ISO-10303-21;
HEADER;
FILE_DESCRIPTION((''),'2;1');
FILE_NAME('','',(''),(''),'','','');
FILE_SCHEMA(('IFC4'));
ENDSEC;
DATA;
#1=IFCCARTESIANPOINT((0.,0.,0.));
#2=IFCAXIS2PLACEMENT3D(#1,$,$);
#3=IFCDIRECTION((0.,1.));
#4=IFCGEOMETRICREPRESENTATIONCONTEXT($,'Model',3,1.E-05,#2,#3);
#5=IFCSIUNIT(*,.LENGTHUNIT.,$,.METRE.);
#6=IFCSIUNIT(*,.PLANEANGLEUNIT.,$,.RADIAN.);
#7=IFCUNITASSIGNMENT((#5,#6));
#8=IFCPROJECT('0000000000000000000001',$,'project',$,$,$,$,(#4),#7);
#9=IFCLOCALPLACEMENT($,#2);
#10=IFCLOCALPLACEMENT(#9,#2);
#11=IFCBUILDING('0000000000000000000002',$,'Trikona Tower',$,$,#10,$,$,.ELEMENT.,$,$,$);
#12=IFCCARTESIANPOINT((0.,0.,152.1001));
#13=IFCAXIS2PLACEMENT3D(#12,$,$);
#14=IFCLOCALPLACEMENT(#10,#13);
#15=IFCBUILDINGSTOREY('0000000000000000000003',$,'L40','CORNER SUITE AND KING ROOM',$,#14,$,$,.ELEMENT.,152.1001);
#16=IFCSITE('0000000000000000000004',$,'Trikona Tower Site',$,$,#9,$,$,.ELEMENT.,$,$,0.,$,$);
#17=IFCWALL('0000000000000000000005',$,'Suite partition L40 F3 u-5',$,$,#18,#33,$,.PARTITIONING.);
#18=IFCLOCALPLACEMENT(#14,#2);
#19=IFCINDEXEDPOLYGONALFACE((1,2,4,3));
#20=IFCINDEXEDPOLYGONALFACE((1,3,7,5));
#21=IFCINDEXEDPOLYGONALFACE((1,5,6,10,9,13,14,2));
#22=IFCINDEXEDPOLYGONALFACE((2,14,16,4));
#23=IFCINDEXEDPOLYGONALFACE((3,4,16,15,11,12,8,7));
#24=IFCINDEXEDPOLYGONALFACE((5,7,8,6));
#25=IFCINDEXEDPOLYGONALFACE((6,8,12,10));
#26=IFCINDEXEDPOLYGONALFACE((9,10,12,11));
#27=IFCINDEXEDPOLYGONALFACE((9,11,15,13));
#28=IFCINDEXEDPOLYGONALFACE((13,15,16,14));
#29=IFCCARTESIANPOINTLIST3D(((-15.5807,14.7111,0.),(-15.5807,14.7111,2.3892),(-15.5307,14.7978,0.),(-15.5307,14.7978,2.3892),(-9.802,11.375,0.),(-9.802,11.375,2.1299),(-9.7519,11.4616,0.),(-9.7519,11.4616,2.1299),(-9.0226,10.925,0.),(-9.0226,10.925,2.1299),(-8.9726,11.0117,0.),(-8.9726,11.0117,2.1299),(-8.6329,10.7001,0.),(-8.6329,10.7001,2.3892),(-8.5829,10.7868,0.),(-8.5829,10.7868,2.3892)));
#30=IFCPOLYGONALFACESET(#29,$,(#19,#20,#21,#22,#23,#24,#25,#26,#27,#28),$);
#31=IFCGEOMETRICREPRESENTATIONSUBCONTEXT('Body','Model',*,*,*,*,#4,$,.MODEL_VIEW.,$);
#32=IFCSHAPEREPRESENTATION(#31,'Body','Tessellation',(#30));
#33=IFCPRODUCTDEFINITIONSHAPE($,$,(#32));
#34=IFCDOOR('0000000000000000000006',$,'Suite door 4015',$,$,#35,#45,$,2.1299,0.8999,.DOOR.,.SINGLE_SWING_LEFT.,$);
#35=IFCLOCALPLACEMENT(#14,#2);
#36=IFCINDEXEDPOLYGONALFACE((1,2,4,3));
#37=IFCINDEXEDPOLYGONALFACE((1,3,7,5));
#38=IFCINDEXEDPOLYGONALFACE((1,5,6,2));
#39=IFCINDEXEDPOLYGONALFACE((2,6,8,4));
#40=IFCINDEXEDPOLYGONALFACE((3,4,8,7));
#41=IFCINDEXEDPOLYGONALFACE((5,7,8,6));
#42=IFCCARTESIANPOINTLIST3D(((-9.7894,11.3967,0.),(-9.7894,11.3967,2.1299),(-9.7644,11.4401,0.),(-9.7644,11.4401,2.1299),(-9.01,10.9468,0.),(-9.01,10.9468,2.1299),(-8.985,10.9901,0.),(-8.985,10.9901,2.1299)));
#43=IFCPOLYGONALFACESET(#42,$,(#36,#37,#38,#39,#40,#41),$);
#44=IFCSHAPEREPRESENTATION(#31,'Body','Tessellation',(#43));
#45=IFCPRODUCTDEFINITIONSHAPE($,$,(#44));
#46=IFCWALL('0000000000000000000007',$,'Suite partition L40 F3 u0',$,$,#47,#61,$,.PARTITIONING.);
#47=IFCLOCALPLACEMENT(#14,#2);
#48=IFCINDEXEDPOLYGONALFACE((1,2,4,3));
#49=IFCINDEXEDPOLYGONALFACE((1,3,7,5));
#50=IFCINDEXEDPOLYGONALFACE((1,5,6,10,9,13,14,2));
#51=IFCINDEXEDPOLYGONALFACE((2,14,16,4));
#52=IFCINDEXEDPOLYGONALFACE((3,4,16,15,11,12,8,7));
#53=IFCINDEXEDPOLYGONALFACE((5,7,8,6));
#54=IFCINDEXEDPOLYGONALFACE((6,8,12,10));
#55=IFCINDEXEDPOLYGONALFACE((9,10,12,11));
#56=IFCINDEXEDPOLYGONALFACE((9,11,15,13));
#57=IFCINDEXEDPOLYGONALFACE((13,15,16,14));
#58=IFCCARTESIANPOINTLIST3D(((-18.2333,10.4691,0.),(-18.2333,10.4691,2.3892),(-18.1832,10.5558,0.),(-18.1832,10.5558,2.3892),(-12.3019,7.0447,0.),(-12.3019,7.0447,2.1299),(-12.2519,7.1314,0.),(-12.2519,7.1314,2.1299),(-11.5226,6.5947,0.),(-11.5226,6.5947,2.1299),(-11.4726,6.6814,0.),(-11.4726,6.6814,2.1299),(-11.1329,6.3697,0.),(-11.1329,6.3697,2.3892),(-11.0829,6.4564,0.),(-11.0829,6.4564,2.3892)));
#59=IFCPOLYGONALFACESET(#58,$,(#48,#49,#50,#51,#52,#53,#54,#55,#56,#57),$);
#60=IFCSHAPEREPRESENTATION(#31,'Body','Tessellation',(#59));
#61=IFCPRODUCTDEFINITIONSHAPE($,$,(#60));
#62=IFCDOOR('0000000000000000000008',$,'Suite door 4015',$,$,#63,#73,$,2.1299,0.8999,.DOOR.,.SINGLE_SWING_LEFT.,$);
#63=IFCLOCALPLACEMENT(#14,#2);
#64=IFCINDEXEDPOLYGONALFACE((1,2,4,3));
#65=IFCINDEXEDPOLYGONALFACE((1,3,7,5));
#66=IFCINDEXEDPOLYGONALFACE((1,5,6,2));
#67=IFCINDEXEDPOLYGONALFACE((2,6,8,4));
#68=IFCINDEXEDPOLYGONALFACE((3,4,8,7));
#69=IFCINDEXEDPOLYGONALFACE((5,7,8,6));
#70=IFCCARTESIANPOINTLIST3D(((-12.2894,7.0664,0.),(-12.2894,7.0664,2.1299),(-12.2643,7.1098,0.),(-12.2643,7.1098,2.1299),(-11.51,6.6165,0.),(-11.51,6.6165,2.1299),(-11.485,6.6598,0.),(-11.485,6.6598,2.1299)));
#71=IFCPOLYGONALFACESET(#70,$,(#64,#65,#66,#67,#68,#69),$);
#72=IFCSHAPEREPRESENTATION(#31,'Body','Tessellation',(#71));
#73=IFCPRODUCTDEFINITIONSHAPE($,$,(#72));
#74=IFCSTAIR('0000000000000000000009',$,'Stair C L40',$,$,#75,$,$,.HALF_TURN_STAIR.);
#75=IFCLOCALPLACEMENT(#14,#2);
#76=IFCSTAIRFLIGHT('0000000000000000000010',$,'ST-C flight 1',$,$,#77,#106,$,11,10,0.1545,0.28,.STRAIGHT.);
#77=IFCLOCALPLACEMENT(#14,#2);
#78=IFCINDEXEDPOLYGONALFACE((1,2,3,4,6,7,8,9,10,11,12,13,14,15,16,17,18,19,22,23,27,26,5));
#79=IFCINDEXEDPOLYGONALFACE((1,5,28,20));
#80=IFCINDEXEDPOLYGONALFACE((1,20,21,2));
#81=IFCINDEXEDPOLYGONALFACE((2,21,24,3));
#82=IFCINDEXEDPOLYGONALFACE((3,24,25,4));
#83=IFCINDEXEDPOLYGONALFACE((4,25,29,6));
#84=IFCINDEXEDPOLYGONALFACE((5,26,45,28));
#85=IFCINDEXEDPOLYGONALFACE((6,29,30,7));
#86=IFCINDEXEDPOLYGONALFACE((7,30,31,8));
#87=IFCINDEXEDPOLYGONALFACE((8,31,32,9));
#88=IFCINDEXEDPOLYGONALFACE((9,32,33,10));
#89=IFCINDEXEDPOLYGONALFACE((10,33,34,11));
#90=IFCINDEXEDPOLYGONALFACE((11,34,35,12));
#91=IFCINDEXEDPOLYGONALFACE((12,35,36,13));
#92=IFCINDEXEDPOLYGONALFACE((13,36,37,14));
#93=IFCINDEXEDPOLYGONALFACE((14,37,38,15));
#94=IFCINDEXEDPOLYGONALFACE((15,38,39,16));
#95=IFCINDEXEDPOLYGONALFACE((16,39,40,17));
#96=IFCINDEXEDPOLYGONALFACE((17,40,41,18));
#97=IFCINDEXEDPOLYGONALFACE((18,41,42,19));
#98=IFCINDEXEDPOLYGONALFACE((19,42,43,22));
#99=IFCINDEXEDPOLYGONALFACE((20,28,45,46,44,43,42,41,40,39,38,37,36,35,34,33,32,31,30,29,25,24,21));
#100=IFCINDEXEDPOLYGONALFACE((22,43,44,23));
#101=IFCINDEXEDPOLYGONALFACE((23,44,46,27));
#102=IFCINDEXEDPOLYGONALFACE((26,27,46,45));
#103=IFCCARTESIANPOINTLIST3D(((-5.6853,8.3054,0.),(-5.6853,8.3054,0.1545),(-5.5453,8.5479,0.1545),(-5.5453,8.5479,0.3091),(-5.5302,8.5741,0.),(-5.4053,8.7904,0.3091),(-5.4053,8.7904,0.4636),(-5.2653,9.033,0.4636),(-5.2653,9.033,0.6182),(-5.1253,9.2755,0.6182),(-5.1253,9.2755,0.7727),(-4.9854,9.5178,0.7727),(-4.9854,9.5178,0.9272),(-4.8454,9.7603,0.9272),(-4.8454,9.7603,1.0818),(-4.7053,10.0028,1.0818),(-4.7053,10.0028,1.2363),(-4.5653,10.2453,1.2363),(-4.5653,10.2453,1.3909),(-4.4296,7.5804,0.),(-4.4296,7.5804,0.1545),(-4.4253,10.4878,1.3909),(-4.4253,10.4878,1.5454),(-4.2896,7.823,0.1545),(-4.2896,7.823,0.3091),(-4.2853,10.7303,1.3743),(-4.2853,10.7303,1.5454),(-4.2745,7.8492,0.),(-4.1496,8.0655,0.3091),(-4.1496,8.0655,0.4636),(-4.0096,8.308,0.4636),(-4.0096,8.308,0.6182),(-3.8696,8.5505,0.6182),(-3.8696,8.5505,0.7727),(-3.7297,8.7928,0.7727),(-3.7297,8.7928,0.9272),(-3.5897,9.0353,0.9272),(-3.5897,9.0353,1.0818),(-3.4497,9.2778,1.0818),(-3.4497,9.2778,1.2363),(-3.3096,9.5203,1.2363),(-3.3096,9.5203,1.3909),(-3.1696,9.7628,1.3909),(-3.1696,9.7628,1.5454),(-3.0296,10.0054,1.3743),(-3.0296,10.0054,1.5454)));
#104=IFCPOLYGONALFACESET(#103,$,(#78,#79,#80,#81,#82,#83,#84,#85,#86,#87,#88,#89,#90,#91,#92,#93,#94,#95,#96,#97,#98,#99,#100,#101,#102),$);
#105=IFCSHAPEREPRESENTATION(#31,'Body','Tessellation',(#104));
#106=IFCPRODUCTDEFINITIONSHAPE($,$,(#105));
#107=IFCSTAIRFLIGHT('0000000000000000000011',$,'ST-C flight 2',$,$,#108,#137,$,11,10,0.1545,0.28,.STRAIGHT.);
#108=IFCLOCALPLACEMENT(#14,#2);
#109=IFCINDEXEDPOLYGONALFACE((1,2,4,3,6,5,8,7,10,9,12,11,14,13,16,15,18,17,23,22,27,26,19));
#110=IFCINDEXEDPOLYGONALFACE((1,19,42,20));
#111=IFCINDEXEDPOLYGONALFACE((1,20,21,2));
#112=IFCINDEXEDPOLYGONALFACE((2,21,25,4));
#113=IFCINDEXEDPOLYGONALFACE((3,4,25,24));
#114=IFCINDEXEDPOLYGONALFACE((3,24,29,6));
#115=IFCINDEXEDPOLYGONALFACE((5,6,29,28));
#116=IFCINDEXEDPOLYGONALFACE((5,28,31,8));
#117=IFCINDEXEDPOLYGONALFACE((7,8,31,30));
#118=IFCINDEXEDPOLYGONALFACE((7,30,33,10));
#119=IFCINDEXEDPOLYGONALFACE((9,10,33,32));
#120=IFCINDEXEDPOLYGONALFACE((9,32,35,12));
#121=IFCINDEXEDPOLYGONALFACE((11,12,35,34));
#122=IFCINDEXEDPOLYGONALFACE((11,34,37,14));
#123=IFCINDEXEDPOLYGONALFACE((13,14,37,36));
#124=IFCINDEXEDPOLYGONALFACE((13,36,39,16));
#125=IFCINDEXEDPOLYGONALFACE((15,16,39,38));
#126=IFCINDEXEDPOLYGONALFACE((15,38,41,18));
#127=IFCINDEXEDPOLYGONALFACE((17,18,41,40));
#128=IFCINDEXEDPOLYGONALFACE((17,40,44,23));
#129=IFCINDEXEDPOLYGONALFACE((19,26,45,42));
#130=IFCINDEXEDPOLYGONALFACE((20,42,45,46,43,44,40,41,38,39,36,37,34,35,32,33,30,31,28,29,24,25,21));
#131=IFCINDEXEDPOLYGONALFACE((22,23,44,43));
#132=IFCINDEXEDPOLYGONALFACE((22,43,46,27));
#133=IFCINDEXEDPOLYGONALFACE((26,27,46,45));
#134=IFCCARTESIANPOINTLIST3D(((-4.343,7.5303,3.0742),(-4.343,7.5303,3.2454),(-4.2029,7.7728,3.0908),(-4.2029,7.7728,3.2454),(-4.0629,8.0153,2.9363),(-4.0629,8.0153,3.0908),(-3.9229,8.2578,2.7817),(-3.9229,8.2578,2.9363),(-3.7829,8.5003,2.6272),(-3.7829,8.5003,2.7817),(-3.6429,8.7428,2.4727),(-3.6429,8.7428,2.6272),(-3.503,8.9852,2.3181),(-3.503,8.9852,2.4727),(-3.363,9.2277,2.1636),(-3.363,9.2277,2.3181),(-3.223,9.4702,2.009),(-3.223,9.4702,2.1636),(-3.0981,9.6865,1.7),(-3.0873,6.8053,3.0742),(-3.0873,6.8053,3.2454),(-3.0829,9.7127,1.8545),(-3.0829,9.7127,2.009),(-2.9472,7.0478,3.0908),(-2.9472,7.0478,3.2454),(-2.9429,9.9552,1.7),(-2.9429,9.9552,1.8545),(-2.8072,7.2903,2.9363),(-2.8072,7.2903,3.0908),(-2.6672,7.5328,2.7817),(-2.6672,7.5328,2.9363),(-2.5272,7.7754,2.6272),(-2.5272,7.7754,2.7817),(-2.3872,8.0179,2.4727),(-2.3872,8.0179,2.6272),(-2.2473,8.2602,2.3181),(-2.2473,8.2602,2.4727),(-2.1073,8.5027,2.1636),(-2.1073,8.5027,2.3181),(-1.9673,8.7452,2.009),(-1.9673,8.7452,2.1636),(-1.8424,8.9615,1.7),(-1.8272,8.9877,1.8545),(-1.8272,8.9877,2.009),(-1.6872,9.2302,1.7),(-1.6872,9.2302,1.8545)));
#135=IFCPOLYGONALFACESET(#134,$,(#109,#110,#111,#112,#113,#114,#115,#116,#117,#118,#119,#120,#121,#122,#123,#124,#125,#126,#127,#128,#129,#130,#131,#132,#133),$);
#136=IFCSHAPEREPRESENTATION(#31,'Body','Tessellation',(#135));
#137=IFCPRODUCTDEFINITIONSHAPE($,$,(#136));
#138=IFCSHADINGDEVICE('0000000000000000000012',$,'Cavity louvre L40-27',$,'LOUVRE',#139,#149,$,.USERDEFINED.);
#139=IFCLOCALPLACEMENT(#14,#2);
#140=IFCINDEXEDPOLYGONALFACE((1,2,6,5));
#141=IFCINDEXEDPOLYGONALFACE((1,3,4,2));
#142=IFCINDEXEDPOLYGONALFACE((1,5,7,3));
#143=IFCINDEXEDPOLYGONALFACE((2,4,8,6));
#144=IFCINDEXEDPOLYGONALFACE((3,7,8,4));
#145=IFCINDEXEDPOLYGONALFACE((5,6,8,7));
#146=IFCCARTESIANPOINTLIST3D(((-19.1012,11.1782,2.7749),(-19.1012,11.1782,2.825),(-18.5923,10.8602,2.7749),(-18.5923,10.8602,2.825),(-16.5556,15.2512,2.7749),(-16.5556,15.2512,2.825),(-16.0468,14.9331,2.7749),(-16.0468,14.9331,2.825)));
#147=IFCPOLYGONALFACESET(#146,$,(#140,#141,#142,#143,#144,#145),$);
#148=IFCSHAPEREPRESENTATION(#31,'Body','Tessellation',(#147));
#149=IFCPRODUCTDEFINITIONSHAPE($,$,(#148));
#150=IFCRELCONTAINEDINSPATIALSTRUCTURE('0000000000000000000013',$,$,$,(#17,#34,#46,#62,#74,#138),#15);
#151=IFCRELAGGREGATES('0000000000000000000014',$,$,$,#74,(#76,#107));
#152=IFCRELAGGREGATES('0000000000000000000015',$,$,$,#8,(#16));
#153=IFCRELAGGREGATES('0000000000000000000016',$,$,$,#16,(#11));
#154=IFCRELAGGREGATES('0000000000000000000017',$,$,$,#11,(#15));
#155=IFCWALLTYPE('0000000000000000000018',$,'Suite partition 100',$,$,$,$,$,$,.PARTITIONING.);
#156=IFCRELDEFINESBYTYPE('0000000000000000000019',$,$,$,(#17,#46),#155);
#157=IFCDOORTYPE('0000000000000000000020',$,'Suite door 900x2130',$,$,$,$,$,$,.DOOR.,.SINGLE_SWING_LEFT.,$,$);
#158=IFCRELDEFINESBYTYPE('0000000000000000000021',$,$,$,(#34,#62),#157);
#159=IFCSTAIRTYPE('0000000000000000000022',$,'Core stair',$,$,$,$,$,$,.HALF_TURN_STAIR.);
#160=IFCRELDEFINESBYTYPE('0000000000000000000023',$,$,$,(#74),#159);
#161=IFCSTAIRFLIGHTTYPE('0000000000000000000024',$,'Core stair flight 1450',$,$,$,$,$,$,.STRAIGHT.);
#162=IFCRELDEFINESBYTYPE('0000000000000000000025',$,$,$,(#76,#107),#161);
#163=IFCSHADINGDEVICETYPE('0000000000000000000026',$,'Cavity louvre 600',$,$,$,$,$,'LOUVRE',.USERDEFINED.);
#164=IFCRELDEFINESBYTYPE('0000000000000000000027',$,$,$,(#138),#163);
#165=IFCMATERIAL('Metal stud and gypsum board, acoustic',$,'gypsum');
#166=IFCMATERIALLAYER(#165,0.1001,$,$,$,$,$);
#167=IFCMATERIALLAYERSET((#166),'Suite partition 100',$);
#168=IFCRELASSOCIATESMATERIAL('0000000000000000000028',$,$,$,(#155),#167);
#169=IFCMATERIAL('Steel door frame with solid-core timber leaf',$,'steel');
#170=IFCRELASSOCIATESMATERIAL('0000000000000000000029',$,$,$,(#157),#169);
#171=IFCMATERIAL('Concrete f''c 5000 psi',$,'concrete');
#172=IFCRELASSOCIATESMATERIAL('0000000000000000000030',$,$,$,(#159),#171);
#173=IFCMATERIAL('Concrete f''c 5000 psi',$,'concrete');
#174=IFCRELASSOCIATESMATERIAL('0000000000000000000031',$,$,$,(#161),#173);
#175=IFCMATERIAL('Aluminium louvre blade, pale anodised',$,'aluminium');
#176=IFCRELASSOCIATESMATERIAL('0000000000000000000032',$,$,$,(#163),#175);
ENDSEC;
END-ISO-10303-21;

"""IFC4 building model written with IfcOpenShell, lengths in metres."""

from ifc_helpers import new_model, si_unit, direction, frame, frame_2d, origin, origin_2d, place, context, subcontext, project, spatial, polyline, rectangle, outline, extrude, material, layer, layer_set, type_object, element, fill, aggregate, save


model = new_model("IFC4")

# Units and contexts
model_context = context("Model", 3, precision=1e-05, world=origin(), true_north=direction((0.0, 1.0)))
body_context = subcontext(model_context, "Body", "Model", "MODEL_VIEW")
ifc_project = project(units=[si_unit("LENGTHUNIT", "METRE"), si_unit("PLANEANGLEUNIT", "RADIAN")], contexts=[model_context])

# Site, building, storey
site_placement = place(None, origin())
site = spatial("IfcSite", under=ifc_project, at=site_placement, Name="Trikona Tower Site", CompositionType="ELEMENT", RefElevation=0.0)
building_placement = place(site_placement, origin())
building = spatial("IfcBuilding", under=site, at=building_placement, Name="Trikona Tower", CompositionType="ELEMENT")
storey_placement = place(building_placement, frame((0.0, 0.0, 152.1001)))
storey = spatial("IfcBuildingStorey", under=building, at=storey_placement, Name="L40", Description="CORNER SUITE AND KING ROOM", CompositionType="ELEMENT", Elevation=152.1001)

# Walls, openings, doors
ifc_material_1 = material(Name="Metal stud and gypsum board, acoustic", Category="gypsum")
ifc_layer_1 = layer(ifc_material_1, 0.1001)
ifc_layer_set_1 = layer_set([ifc_layer_1], Name="Suite partition 100")
wall_type_1 = type_object("IfcWallType", Name="Suite partition 100", PredefinedType="PARTITIONING", material=ifc_layer_set_1)
wall_1_placement = place(storey_placement, frame((-8.6079, 10.7434, 0.0), z_axis=(0.0, 0.0, 1.0), x_axis=(-0.866042, 0.499972, 0.0)))
wall_1 = element("IfcWall", 1, at=wall_1_placement, inside=storey, type_object=wall_type_1, Name="Suite partition L40 F3 u-5", PredefinedType="PARTITIONING", context=body_context, shape_type="SweptSolid", body=[
    extrude(rectangle(XDim=8.0225, YDim=0.1001, at=frame_2d((4.0112, 0.0))), origin(), (0.0, 0.0, 1.0), 2.3892),
])
opening_1_placement = place(wall_1_placement, frame((0.45, 0.0, 0.0)))
opening_1 = element("IfcOpeningElement", 2, at=opening_1_placement, cuts=wall_1, PredefinedType="OPENING", context=body_context, shape_type="SweptSolid", body=[
    extrude(rectangle(XDim=0.8999, YDim=2.1299, at=frame_2d((0.45, 1.0649))), frame((0.0, 0.0601, 0.0), z_axis=(0.0, -1.0, 0.0), x_axis=(1.0, 0.0, 0.0)), (0.0, 0.0, 1.0), 0.1201),
])
ifc_material_2 = material(Name="Steel door frame with solid-core timber leaf", Category="steel")
door_type_1 = type_object("IfcDoorType", Name="Suite door 900x2130", OperationType="SINGLE_SWING_LEFT", PredefinedType="DOOR", material=ifc_material_2)
door_1_placement = place(opening_1_placement, origin())
door_1 = element("IfcDoor", 3, at=door_1_placement, inside=storey, type_object=door_type_1, Name="Suite door 4015", OperationType="SINGLE_SWING_LEFT", OverallHeight=2.1299, OverallWidth=0.8999, PredefinedType="DOOR", context=body_context, shape_type="SweptSolid", body=[
    extrude(rectangle(XDim=0.8999, YDim=2.1299, at=frame_2d((0.45, 1.0649))), frame((0.0, 0.0249, 0.0), z_axis=(0.0, -1.0, 0.0), x_axis=(1.0, 0.0, 0.0)), (0.0, 0.0, 1.0), 0.05),
])
fill(opening_1, door_1)
wall_2_placement = place(storey_placement, frame((-11.1079, 6.4131, 0.0), z_axis=(0.0, 0.0, 1.0), x_axis=(-0.866026, 0.499998, 0.0)))
wall_2 = element("IfcWall", 4, at=wall_2_placement, inside=storey, type_object=wall_type_1, Name="Suite partition L40 F3 u0", PredefinedType="PARTITIONING", context=body_context, shape_type="SweptSolid", body=[
    extrude(rectangle(XDim=8.1987, YDim=0.1001, at=frame_2d((4.0994, 0.0))), origin(), (0.0, 0.0, 1.0), 2.3892),
])
opening_2_placement = place(wall_2_placement, frame((0.45, 0.0, 0.0)))
opening_2 = element("IfcOpeningElement", 5, at=opening_2_placement, cuts=wall_2, PredefinedType="OPENING", context=body_context, shape_type="SweptSolid", body=[
    extrude(rectangle(XDim=0.8999, YDim=2.1299, at=frame_2d((0.45, 1.0649))), frame((0.0, 0.0601, 0.0), z_axis=(0.0, -1.0, 0.0), x_axis=(1.0, 0.0, 0.0)), (0.0, 0.0, 1.0), 0.1201),
])
door_2_placement = place(opening_2_placement, origin())
door_2 = element("IfcDoor", 6, at=door_2_placement, inside=storey, type_object=door_type_1, Name="Suite door 4015", OperationType="SINGLE_SWING_LEFT", OverallHeight=2.1299, OverallWidth=0.8999, PredefinedType="DOOR", context=body_context, shape_type="SweptSolid", body=[
    extrude(rectangle(XDim=0.8999, YDim=2.1299, at=frame_2d((0.45, 1.0649))), frame((0.0, 0.0249, 0.0), z_axis=(0.0, -1.0, 0.0), x_axis=(1.0, 0.0, 0.0)), (0.0, 0.0, 1.0), 0.05),
])
fill(opening_2, door_2)

# Stair, stair flights
ifc_material_3 = material(Name="Concrete f'c 5000 psi", Category="concrete")
stair_type = type_object("IfcStairType", Name="Core stair", PredefinedType="HALF_TURN_STAIR", material=ifc_material_3)
stair_placement = place(storey_placement, origin())
stair = element("IfcStair", 7, at=stair_placement, inside=storey, type_object=stair_type, Name="Stair C L40", PredefinedType="HALF_TURN_STAIR")
ifc_material_4 = material(Name="Concrete f'c 5000 psi", Category="concrete")
stair_flight_type = type_object("IfcStairFlightType", Name="Core stair flight 1450", PredefinedType="STRAIGHT", material=ifc_material_4)
stair_flight_1_placement = place(storey_placement, frame((-5.0574, 7.9429, 0.0), z_axis=(0.0, 0.0, 1.0), x_axis=(0.5, 0.866025, 0.0)))
stair_flight_1 = element("IfcStairFlight", 8, at=stair_flight_1_placement, type_object=stair_flight_type, Name="ST-C flight 1", NumberOfRisers=11, NumberOfTreads=10, PredefinedType="STRAIGHT", RiserHeight=0.1545, TreadLength=0.28, context=body_context, shape_type="SweptSolid", body=[
    extrude(outline(polyline([(0.0, 0.0), (0.0, 0.1545), (0.28, 0.1545), (0.28, 0.3091), (0.5601, 0.3091), (0.5601, 0.4636), (0.8401, 0.4636), (0.8401, 0.6182), (1.1201, 0.6182), (1.1201, 0.7727), (1.3999, 0.7727), (1.3999, 0.9272), (1.6799, 0.9272), (1.6799, 1.0818), (1.96, 1.0818), (1.96, 1.2363), (2.24, 1.2363), (2.24, 1.3909), (2.52, 1.3909), (2.52, 1.5454), (2.8, 1.5454), (2.8, 1.7), (2.8, 1.3743), (0.3103, 0.0), (0.0, 0.0)])), frame((0.0, 0.7251, 0.0), z_axis=(0.0, -1.0, 0.0), x_axis=(1.0, 0.0, 0.0)), (0.0, 0.0, 1.0), 1.45),
])
stair_flight_2_placement = place(storey_placement, frame((-2.3152, 9.5928, 1.7), z_axis=(0.0, 0.0, 1.0), x_axis=(-0.5, -0.866025, 0.0)))
stair_flight_2 = element("IfcStairFlight", 9, at=stair_flight_2_placement, type_object=stair_flight_type, Name="ST-C flight 2", NumberOfRisers=11, NumberOfTreads=10, PredefinedType="STRAIGHT", RiserHeight=0.1545, TreadLength=0.28, context=body_context, shape_type="SweptSolid", body=[
    extrude(outline(polyline([(0.0, 0.0), (0.0, 0.1545), (0.28, 0.1545), (0.28, 0.3091), (0.5601, 0.3091), (0.5601, 0.4636), (0.8401, 0.4636), (0.8401, 0.6182), (1.1201, 0.6182), (1.1201, 0.7727), (1.3999, 0.7727), (1.3999, 0.9272), (1.6799, 0.9272), (1.6799, 1.0818), (1.96, 1.0818), (1.96, 1.2363), (2.24, 1.2363), (2.24, 1.3909), (2.52, 1.3909), (2.52, 1.5454), (2.8, 1.5454), (2.8, 1.7), (2.8, 1.3743), (0.3103, 0.0), (0.0, 0.0)])), frame((0.0, 0.7251, 0.0), z_axis=(0.0, -1.0, 0.0), x_axis=(1.0, 0.0, 0.0)), (0.0, 0.0, 1.0), 1.45),
])
aggregate(stair, [stair_flight_1, stair_flight_2])

# Shading device
ifc_material_5 = material(Name="Aluminium louvre blade, pale anodised", Category="aluminium")
shading_device_type = type_object("IfcShadingDeviceType", Name="Cavity louvre 600", ElementType="LOUVRE", PredefinedType="USERDEFINED", material=ifc_material_5)
shading_device_placement = place(storey_placement, frame((-17.574, 13.0557, 2.7749), z_axis=(0.0, 0.0, 1.0), x_axis=(-0.529995, -0.848001, 0.0)))
element("IfcShadingDevice", 10, at=shading_device_placement, inside=storey, type_object=shading_device_type, Name="Cavity louvre L40-27", ObjectType="LOUVRE", PredefinedType="USERDEFINED", context=body_context, shape_type="SweptSolid", body=[
    extrude(rectangle(XDim=4.803, YDim=0.6001, at=origin_2d()), origin(), (0.0, 0.0, 1.0), 0.05),
])

save(model, "model.ifc")
